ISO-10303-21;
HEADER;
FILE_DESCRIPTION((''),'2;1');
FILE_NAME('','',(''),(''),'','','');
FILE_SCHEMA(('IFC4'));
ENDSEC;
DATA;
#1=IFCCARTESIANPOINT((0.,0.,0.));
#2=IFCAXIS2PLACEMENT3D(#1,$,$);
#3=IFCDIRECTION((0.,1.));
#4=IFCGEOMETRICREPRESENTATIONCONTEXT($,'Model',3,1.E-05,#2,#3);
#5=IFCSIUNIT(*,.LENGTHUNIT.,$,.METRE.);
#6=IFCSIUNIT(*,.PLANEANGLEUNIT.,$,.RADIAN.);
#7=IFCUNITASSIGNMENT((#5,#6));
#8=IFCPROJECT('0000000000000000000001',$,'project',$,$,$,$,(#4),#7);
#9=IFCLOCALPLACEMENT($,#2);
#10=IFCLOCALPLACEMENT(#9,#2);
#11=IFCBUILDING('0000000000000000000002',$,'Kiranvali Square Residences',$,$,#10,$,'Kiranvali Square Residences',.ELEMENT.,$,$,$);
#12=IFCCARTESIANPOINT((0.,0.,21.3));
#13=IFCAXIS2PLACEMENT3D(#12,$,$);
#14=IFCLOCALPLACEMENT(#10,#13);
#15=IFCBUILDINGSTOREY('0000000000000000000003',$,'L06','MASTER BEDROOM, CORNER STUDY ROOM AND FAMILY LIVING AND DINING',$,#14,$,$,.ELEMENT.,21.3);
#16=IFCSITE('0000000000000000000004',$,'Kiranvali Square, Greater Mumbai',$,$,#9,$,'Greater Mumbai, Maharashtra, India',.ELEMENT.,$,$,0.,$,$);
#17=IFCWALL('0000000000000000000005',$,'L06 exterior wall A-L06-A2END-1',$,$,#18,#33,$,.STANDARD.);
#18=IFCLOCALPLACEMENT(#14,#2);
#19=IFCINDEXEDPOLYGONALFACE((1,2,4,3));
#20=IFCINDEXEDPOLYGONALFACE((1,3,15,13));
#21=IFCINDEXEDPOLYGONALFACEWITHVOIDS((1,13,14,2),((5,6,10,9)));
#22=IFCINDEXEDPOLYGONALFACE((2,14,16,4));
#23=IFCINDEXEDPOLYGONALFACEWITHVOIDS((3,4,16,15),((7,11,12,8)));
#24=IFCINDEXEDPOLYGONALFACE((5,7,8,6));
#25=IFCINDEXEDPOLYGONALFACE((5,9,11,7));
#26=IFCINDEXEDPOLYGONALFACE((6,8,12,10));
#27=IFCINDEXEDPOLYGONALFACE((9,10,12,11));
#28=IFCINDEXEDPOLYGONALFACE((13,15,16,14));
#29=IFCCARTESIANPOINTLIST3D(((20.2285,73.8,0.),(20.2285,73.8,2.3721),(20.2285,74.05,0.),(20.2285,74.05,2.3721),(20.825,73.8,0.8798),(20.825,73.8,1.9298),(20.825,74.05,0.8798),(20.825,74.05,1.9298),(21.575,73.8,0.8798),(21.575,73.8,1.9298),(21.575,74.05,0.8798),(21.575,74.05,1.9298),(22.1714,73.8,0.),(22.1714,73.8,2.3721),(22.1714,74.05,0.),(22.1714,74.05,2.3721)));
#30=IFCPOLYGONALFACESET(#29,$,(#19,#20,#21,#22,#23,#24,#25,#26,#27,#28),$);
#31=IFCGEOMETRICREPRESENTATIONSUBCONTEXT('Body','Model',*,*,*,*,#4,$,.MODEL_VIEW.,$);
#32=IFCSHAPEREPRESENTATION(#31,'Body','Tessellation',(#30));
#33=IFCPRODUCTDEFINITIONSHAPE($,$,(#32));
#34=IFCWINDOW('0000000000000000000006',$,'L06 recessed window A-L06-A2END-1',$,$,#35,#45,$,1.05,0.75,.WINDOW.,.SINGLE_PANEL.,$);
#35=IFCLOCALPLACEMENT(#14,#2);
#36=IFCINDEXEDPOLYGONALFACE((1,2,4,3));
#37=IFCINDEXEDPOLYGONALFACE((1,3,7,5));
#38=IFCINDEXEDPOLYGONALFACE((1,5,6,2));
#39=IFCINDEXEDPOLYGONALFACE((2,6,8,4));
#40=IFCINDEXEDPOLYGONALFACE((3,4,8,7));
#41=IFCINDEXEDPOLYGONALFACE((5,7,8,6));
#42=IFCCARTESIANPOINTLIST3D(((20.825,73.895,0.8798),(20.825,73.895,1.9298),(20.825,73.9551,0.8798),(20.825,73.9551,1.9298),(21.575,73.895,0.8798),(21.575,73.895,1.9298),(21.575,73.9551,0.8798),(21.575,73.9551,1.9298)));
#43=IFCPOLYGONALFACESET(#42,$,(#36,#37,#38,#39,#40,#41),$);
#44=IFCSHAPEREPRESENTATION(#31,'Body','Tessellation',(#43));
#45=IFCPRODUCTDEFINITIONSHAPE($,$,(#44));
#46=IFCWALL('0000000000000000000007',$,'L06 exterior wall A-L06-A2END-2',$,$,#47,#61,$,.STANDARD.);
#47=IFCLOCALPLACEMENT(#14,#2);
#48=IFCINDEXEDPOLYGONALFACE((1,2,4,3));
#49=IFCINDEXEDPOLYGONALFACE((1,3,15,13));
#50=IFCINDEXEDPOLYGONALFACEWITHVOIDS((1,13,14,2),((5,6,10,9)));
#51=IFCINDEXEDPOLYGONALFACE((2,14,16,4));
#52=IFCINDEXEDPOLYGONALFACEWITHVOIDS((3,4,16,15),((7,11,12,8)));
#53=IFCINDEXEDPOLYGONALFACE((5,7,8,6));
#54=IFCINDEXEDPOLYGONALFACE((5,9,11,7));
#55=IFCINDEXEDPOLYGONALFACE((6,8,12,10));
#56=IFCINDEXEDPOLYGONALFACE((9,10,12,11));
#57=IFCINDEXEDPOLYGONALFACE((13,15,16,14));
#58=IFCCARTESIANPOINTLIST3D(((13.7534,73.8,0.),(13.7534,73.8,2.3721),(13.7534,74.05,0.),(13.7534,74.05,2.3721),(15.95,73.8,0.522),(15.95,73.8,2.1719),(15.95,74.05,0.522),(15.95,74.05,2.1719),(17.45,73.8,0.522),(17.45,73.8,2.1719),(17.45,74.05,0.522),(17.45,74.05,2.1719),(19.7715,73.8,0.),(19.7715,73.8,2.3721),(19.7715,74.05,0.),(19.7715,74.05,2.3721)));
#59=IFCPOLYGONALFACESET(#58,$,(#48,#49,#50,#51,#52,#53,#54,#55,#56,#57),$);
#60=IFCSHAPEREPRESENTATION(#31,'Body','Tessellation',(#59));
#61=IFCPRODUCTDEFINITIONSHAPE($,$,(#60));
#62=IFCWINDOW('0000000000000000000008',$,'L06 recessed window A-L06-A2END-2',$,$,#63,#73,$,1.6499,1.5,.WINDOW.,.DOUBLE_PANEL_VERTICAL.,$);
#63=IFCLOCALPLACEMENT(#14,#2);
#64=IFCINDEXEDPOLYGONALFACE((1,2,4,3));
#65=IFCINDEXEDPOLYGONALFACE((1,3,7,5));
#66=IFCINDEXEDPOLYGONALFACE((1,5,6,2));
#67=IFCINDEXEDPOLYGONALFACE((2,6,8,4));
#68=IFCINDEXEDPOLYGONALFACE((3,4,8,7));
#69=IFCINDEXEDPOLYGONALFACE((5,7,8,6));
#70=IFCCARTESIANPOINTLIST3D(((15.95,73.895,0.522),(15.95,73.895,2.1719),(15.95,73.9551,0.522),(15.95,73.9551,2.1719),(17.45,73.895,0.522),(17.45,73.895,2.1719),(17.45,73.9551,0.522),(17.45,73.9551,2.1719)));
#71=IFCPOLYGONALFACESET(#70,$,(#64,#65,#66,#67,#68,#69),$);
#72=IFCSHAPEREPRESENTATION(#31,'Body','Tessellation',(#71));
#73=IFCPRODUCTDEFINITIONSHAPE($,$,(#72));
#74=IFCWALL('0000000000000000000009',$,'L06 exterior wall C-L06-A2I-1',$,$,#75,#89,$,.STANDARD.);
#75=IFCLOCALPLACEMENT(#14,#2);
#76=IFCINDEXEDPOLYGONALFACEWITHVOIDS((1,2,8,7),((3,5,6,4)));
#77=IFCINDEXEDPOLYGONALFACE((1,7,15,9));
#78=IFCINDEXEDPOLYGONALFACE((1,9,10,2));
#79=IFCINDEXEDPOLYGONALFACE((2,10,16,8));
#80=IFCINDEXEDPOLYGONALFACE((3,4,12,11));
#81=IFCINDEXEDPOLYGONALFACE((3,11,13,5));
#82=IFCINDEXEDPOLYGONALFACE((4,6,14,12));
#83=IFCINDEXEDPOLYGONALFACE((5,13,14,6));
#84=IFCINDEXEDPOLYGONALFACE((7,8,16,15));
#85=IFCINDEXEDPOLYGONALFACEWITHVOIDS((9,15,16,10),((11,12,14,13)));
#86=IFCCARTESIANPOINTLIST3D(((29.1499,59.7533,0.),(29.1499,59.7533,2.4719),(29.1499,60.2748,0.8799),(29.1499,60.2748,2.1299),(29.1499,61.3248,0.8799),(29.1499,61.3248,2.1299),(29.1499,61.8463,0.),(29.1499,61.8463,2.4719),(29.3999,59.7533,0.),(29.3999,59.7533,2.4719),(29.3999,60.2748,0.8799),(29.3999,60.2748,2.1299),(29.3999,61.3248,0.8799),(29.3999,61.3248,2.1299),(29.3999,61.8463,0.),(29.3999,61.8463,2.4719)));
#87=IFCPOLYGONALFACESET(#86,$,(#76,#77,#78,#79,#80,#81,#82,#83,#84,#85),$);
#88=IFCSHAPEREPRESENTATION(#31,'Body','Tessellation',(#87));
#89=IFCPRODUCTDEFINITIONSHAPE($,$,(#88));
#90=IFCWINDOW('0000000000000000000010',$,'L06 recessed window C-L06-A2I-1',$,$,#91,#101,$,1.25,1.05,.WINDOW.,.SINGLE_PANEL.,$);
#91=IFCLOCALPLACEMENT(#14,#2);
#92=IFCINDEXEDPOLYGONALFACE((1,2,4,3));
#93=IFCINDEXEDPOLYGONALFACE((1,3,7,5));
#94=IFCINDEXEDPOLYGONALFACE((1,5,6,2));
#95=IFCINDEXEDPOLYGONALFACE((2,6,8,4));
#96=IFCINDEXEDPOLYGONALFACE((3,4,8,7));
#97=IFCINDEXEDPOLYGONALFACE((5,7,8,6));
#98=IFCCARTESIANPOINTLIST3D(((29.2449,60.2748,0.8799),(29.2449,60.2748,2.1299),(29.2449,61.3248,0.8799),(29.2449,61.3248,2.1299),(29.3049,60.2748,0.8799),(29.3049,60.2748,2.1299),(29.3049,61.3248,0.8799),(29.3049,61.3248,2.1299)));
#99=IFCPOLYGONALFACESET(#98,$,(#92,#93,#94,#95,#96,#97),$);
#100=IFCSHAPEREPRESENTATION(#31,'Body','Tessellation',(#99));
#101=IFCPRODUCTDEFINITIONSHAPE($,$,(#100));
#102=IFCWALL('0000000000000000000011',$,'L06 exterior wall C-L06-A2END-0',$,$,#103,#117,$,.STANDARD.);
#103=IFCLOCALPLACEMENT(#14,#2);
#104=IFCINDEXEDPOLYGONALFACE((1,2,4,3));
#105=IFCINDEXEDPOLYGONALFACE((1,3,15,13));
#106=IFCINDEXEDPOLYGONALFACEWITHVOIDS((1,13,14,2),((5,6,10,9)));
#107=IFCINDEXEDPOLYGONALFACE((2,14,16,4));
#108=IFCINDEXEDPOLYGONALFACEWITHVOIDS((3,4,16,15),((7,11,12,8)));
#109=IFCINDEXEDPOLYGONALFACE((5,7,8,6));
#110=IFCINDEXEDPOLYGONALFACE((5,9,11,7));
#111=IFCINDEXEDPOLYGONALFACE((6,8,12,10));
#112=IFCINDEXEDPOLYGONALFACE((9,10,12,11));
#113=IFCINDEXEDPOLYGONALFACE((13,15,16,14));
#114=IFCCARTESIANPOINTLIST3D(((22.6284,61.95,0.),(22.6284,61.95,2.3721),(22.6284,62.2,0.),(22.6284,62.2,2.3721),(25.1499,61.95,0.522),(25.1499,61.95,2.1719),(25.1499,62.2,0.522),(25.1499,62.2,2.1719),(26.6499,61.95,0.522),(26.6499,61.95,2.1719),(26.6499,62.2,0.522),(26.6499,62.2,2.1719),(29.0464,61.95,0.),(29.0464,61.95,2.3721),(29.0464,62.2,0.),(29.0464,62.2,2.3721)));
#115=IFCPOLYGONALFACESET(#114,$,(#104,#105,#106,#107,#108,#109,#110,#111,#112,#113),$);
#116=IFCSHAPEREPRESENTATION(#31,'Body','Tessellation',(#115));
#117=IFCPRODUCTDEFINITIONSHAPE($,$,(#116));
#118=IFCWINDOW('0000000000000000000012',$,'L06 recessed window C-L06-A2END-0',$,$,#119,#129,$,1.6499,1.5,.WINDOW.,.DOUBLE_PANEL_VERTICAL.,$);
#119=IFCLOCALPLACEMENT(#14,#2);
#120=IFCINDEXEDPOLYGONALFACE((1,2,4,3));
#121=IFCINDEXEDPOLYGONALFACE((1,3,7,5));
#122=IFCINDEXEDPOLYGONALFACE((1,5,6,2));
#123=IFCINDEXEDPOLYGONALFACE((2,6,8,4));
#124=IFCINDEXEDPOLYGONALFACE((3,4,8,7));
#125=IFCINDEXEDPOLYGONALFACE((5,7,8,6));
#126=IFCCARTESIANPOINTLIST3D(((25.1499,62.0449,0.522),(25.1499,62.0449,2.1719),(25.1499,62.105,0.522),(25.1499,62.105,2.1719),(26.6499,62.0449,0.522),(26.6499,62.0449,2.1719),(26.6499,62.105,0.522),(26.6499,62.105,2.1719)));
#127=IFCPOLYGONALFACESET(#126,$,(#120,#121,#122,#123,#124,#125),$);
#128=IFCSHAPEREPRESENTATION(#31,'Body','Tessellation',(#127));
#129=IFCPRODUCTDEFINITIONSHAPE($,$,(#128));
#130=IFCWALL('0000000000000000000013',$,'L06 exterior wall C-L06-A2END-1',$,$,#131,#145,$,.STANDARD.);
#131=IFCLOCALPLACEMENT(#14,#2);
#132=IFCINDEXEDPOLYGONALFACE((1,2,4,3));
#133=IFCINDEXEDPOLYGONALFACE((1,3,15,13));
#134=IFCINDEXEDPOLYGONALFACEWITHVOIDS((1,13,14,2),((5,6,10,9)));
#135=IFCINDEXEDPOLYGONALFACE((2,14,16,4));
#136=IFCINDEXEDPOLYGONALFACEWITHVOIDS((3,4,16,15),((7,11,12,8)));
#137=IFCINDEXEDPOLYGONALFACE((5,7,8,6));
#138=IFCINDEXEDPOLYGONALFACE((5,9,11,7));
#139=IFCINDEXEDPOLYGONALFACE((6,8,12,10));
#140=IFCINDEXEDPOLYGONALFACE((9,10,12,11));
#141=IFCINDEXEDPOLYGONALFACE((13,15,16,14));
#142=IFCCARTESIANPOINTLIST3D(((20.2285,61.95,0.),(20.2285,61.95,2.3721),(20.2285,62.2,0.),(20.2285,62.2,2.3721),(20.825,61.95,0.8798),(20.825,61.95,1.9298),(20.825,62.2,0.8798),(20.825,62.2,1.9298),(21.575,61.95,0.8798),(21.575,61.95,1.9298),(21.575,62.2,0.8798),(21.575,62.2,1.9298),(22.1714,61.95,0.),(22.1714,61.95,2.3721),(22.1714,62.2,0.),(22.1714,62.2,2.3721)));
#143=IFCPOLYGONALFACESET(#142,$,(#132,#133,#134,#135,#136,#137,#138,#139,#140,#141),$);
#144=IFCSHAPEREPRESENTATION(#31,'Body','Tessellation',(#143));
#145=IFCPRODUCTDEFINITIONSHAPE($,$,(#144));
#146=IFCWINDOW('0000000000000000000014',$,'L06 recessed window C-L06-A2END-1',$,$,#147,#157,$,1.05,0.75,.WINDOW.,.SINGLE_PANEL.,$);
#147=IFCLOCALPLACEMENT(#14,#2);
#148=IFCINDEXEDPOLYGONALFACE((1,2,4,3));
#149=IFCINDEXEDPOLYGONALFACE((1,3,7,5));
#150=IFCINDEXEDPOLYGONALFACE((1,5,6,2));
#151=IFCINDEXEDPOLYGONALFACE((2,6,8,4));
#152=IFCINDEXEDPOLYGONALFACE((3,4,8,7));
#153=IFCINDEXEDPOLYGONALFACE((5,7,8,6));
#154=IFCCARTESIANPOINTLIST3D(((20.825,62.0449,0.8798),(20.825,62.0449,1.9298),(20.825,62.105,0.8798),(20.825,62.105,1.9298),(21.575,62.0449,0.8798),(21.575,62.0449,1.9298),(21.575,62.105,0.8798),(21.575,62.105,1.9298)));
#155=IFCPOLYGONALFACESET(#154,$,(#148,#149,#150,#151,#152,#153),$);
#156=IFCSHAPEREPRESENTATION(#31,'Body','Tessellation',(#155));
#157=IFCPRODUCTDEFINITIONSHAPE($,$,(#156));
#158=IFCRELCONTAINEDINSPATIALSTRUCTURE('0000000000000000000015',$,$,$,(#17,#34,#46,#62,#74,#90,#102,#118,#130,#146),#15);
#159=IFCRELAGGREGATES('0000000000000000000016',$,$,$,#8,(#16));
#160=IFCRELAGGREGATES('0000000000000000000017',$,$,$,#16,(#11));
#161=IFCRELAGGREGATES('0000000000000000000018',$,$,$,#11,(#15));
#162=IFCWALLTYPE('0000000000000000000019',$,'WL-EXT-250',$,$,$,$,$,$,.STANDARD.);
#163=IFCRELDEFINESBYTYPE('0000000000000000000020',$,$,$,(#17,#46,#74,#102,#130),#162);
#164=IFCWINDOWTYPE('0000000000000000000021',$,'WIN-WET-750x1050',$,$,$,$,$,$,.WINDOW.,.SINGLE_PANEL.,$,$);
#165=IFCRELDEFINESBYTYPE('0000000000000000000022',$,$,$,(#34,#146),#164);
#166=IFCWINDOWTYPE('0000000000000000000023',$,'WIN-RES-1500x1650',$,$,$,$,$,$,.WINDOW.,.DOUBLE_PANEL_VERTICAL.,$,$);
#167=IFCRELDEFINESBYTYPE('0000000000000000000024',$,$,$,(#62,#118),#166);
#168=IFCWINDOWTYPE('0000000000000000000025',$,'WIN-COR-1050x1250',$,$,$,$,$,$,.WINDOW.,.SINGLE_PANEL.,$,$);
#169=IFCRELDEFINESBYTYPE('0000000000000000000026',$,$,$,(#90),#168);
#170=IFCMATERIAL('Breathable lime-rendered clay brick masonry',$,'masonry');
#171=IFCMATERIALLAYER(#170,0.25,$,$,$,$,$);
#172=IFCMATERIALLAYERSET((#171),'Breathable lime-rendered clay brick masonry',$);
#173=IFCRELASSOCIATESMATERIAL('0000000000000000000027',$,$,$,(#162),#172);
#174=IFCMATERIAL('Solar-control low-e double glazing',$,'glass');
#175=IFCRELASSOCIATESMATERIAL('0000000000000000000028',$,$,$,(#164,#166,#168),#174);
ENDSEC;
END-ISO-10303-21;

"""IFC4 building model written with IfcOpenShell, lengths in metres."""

from ifc_helpers import new_model, si_unit, direction, frame, frame_2d, origin, place, context, subcontext, project, spatial, rectangle, extrude, material, layer, layer_set, type_object, element, fill, save


model = new_model("IFC4")

# Units and contexts
model_context = context("Model", 3, precision=1e-05, world=origin(), true_north=direction((0.0, 1.0)))
body_context = subcontext(model_context, "Body", "Model", "MODEL_VIEW")
ifc_project = project(units=[si_unit("LENGTHUNIT", "METRE"), si_unit("PLANEANGLEUNIT", "RADIAN")], contexts=[model_context])

# Site, building, storey
site_placement = place(None, origin())
site = spatial("IfcSite", under=ifc_project, at=site_placement, Name="Kiranvali Square, Greater Mumbai", LongName="Greater Mumbai, Maharashtra, India", CompositionType="ELEMENT", RefElevation=0.0)
building_placement = place(site_placement, origin())
building = spatial("IfcBuilding", under=site, at=building_placement, Name="Kiranvali Square Residences", LongName="Kiranvali Square Residences", CompositionType="ELEMENT")
storey_placement = place(building_placement, frame((0.0, 0.0, 21.3)))
storey = spatial("IfcBuildingStorey", under=building, at=storey_placement, Name="L06", Description="MASTER BEDROOM, CORNER STUDY ROOM AND FAMILY LIVING AND DINING", CompositionType="ELEMENT", Elevation=21.3)

# Walls, openings, windows
ifc_material_1 = material(Name="Breathable lime-rendered clay brick masonry", Category="masonry")
ifc_layer = layer(ifc_material_1, 0.25)
ifc_layer_set = layer_set([ifc_layer], Name="Breathable lime-rendered clay brick masonry")
wall_type = type_object("IfcWallType", Name="WL-EXT-250", PredefinedType="STANDARD", material=ifc_layer_set)
wall_1_placement = place(storey_placement, frame((22.1714, 73.925, 0.0), z_axis=(0.0, 0.0, 1.0), x_axis=(-1.0, 0.0, 0.0)))
wall_1 = element("IfcWall", 1, at=wall_1_placement, inside=storey, type_object=wall_type, Name="L06 exterior wall A-L06-A2END-1", PredefinedType="STANDARD", context=body_context, shape_type="SweptSolid", body=[
    extrude(rectangle(XDim=1.9429, YDim=0.25, at=frame_2d((0.9714, 0.0))), origin(), (0.0, 0.0, 1.0), 2.3721),
])
opening_1_placement = place(wall_1_placement, frame((0.5964, 0.0, 0.8799)))
opening_1 = element("IfcOpeningElement", 2, at=opening_1_placement, cuts=wall_1, PredefinedType="OPENING", context=body_context, shape_type="SweptSolid", body=[
    extrude(rectangle(XDim=0.75, YDim=1.05, at=frame_2d((0.375, 0.5249))), frame((0.0, 0.135, 0.0), z_axis=(0.0, -1.0, 0.0), x_axis=(1.0, 0.0, 0.0)), (0.0, 0.0, 1.0), 0.27),
])
ifc_material_2 = material(Name="Solar-control low-e double glazing", Category="glass")
window_type_1 = type_object("IfcWindowType", Name="WIN-WET-750x1050", PartitioningType="SINGLE_PANEL", PredefinedType="WINDOW", material=ifc_material_2)
window_1_placement = place(opening_1_placement, origin())
window_1 = element("IfcWindow", 3, at=window_1_placement, inside=storey, type_object=window_type_1, Name="L06 recessed window A-L06-A2END-1", OverallHeight=1.05, OverallWidth=0.75, PartitioningType="SINGLE_PANEL", PredefinedType="WINDOW", context=body_context, shape_type="SweptSolid", body=[
    extrude(rectangle(XDim=0.75, YDim=1.05, at=frame_2d((0.375, 0.5249))), frame((0.0, 0.03, 0.0), z_axis=(0.0, -1.0, 0.0), x_axis=(1.0, 0.0, 0.0)), (0.0, 0.0, 1.0), 0.0601),
])
fill(opening_1, window_1)
wall_2_placement = place(storey_placement, frame((19.7715, 73.925, 0.0), z_axis=(0.0, 0.0, 1.0), x_axis=(-1.0, 0.0, 0.0)))
wall_2 = element("IfcWall", 4, at=wall_2_placement, inside=storey, type_object=wall_type, Name="L06 exterior wall A-L06-A2END-2", PredefinedType="STANDARD", context=body_context, shape_type="SweptSolid", body=[
    extrude(rectangle(XDim=6.0181, YDim=0.25, at=frame_2d((3.009, 0.0))), origin(), (0.0, 0.0, 1.0), 2.3721),
])
opening_2_placement = place(wall_2_placement, frame((2.3215, 0.0, 0.522)))
opening_2 = element("IfcOpeningElement", 5, at=opening_2_placement, cuts=wall_2, PredefinedType="OPENING", context=body_context, shape_type="SweptSolid", body=[
    extrude(rectangle(XDim=1.5, YDim=1.6499, at=frame_2d((0.75, 0.825))), frame((0.0, 0.135, 0.0), z_axis=(0.0, -1.0, 0.0), x_axis=(1.0, 0.0, 0.0)), (0.0, 0.0, 1.0), 0.27),
])
window_type_2 = type_object("IfcWindowType", Name="WIN-RES-1500x1650", PartitioningType="DOUBLE_PANEL_VERTICAL", PredefinedType="WINDOW", material=ifc_material_2)
window_2_placement = place(opening_2_placement, origin())
window_2 = element("IfcWindow", 6, at=window_2_placement, inside=storey, type_object=window_type_2, Name="L06 recessed window A-L06-A2END-2", OverallHeight=1.6499, OverallWidth=1.5, PartitioningType="DOUBLE_PANEL_VERTICAL", PredefinedType="WINDOW", context=body_context, shape_type="SweptSolid", body=[
    extrude(rectangle(XDim=1.5, YDim=1.6499, at=frame_2d((0.75, 0.825))), frame((0.0, 0.03, 0.0), z_axis=(0.0, -1.0, 0.0), x_axis=(1.0, 0.0, 0.0)), (0.0, 0.0, 1.0), 0.0601),
])
fill(opening_2, window_2)
wall_3_placement = place(storey_placement, frame((29.2749, 59.7534, 0.0), z_axis=(0.0, 0.0, 1.0), x_axis=(0.0, 1.0, 0.0)))
wall_3 = element("IfcWall", 7, at=wall_3_placement, inside=storey, type_object=wall_type, Name="L06 exterior wall C-L06-A2I-1", PredefinedType="STANDARD", context=body_context, shape_type="SweptSolid", body=[
    extrude(rectangle(XDim=2.093, YDim=0.25, at=frame_2d((1.0464, 0.0))), origin(), (0.0, 0.0, 1.0), 2.4719),
])
opening_3_placement = place(wall_3_placement, frame((0.5215, 0.0, 0.8799)))
opening_3 = element("IfcOpeningElement", 8, at=opening_3_placement, cuts=wall_3, PredefinedType="OPENING", context=body_context, shape_type="SweptSolid", body=[
    extrude(rectangle(XDim=1.05, YDim=1.25, at=frame_2d((0.5249, 0.625))), frame((0.0, 0.135, 0.0), z_axis=(0.0, -1.0, 0.0), x_axis=(1.0, 0.0, 0.0)), (0.0, 0.0, 1.0), 0.27),
])
window_type_3 = type_object("IfcWindowType", Name="WIN-COR-1050x1250", PartitioningType="SINGLE_PANEL", PredefinedType="WINDOW", material=ifc_material_2)
window_3_placement = place(opening_3_placement, origin())
window_3 = element("IfcWindow", 9, at=window_3_placement, inside=storey, type_object=window_type_3, Name="L06 recessed window C-L06-A2I-1", OverallHeight=1.25, OverallWidth=1.05, PartitioningType="SINGLE_PANEL", PredefinedType="WINDOW", context=body_context, shape_type="SweptSolid", body=[
    extrude(rectangle(XDim=1.05, YDim=1.25, at=frame_2d((0.5249, 0.625))), frame((0.0, 0.03, 0.0), z_axis=(0.0, -1.0, 0.0), x_axis=(1.0, 0.0, 0.0)), (0.0, 0.0, 1.0), 0.0601),
])
fill(opening_3, window_3)
wall_4_placement = place(storey_placement, frame((29.0464, 62.075, 0.0), z_axis=(0.0, 0.0, 1.0), x_axis=(-1.0, 0.0, 0.0)))
wall_4 = element("IfcWall", 10, at=wall_4_placement, inside=storey, type_object=wall_type, Name="L06 exterior wall C-L06-A2END-0", PredefinedType="STANDARD", context=body_context, shape_type="SweptSolid", body=[
    extrude(rectangle(XDim=6.418, YDim=0.25, at=frame_2d((3.209, 0.0))), origin(), (0.0, 0.0, 1.0), 2.3721),
])
opening_4_placement = place(wall_4_placement, frame((2.3965, 0.0, 0.522)))
opening_4 = element("IfcOpeningElement", 11, at=opening_4_placement, cuts=wall_4, PredefinedType="OPENING", context=body_context, shape_type="SweptSolid", body=[
    extrude(rectangle(XDim=1.5, YDim=1.6499, at=frame_2d((0.75, 0.825))), frame((0.0, 0.135, 0.0), z_axis=(0.0, -1.0, 0.0), x_axis=(1.0, 0.0, 0.0)), (0.0, 0.0, 1.0), 0.27),
])
window_4_placement = place(opening_4_placement, origin())
window_4 = element("IfcWindow", 12, at=window_4_placement, inside=storey, type_object=window_type_2, Name="L06 recessed window C-L06-A2END-0", OverallHeight=1.6499, OverallWidth=1.5, PartitioningType="DOUBLE_PANEL_VERTICAL", PredefinedType="WINDOW", context=body_context, shape_type="SweptSolid", body=[
    extrude(rectangle(XDim=1.5, YDim=1.6499, at=frame_2d((0.75, 0.825))), frame((0.0, 0.03, 0.0), z_axis=(0.0, -1.0, 0.0), x_axis=(1.0, 0.0, 0.0)), (0.0, 0.0, 1.0), 0.0601),
])
fill(opening_4, window_4)
wall_5_placement = place(storey_placement, frame((22.1714, 62.075, 0.0), z_axis=(0.0, 0.0, 1.0), x_axis=(-1.0, 0.0, 0.0)))
wall_5 = element("IfcWall", 13, at=wall_5_placement, inside=storey, type_object=wall_type, Name="L06 exterior wall C-L06-A2END-1", PredefinedType="STANDARD", context=body_context, shape_type="SweptSolid", body=[
    extrude(rectangle(XDim=1.9429, YDim=0.25, at=frame_2d((0.9714, 0.0))), origin(), (0.0, 0.0, 1.0), 2.3721),
])
opening_5_placement = place(wall_5_placement, frame((0.5964, 0.0, 0.8799)))
opening_5 = element("IfcOpeningElement", 14, at=opening_5_placement, cuts=wall_5, PredefinedType="OPENING", context=body_context, shape_type="SweptSolid", body=[
    extrude(rectangle(XDim=0.75, YDim=1.05, at=frame_2d((0.375, 0.5249))), frame((0.0, 0.135, 0.0), z_axis=(0.0, -1.0, 0.0), x_axis=(1.0, 0.0, 0.0)), (0.0, 0.0, 1.0), 0.27),
])
window_5_placement = place(opening_5_placement, origin())
window_5 = element("IfcWindow", 15, at=window_5_placement, inside=storey, type_object=window_type_1, Name="L06 recessed window C-L06-A2END-1", OverallHeight=1.05, OverallWidth=0.75, PartitioningType="SINGLE_PANEL", PredefinedType="WINDOW", context=body_context, shape_type="SweptSolid", body=[
    extrude(rectangle(XDim=0.75, YDim=1.05, at=frame_2d((0.375, 0.5249))), frame((0.0, 0.03, 0.0), z_axis=(0.0, -1.0, 0.0), x_axis=(1.0, 0.0, 0.0)), (0.0, 0.0, 1.0), 0.0601),
])
fill(opening_5, window_5)

save(model, "model.ifc")
